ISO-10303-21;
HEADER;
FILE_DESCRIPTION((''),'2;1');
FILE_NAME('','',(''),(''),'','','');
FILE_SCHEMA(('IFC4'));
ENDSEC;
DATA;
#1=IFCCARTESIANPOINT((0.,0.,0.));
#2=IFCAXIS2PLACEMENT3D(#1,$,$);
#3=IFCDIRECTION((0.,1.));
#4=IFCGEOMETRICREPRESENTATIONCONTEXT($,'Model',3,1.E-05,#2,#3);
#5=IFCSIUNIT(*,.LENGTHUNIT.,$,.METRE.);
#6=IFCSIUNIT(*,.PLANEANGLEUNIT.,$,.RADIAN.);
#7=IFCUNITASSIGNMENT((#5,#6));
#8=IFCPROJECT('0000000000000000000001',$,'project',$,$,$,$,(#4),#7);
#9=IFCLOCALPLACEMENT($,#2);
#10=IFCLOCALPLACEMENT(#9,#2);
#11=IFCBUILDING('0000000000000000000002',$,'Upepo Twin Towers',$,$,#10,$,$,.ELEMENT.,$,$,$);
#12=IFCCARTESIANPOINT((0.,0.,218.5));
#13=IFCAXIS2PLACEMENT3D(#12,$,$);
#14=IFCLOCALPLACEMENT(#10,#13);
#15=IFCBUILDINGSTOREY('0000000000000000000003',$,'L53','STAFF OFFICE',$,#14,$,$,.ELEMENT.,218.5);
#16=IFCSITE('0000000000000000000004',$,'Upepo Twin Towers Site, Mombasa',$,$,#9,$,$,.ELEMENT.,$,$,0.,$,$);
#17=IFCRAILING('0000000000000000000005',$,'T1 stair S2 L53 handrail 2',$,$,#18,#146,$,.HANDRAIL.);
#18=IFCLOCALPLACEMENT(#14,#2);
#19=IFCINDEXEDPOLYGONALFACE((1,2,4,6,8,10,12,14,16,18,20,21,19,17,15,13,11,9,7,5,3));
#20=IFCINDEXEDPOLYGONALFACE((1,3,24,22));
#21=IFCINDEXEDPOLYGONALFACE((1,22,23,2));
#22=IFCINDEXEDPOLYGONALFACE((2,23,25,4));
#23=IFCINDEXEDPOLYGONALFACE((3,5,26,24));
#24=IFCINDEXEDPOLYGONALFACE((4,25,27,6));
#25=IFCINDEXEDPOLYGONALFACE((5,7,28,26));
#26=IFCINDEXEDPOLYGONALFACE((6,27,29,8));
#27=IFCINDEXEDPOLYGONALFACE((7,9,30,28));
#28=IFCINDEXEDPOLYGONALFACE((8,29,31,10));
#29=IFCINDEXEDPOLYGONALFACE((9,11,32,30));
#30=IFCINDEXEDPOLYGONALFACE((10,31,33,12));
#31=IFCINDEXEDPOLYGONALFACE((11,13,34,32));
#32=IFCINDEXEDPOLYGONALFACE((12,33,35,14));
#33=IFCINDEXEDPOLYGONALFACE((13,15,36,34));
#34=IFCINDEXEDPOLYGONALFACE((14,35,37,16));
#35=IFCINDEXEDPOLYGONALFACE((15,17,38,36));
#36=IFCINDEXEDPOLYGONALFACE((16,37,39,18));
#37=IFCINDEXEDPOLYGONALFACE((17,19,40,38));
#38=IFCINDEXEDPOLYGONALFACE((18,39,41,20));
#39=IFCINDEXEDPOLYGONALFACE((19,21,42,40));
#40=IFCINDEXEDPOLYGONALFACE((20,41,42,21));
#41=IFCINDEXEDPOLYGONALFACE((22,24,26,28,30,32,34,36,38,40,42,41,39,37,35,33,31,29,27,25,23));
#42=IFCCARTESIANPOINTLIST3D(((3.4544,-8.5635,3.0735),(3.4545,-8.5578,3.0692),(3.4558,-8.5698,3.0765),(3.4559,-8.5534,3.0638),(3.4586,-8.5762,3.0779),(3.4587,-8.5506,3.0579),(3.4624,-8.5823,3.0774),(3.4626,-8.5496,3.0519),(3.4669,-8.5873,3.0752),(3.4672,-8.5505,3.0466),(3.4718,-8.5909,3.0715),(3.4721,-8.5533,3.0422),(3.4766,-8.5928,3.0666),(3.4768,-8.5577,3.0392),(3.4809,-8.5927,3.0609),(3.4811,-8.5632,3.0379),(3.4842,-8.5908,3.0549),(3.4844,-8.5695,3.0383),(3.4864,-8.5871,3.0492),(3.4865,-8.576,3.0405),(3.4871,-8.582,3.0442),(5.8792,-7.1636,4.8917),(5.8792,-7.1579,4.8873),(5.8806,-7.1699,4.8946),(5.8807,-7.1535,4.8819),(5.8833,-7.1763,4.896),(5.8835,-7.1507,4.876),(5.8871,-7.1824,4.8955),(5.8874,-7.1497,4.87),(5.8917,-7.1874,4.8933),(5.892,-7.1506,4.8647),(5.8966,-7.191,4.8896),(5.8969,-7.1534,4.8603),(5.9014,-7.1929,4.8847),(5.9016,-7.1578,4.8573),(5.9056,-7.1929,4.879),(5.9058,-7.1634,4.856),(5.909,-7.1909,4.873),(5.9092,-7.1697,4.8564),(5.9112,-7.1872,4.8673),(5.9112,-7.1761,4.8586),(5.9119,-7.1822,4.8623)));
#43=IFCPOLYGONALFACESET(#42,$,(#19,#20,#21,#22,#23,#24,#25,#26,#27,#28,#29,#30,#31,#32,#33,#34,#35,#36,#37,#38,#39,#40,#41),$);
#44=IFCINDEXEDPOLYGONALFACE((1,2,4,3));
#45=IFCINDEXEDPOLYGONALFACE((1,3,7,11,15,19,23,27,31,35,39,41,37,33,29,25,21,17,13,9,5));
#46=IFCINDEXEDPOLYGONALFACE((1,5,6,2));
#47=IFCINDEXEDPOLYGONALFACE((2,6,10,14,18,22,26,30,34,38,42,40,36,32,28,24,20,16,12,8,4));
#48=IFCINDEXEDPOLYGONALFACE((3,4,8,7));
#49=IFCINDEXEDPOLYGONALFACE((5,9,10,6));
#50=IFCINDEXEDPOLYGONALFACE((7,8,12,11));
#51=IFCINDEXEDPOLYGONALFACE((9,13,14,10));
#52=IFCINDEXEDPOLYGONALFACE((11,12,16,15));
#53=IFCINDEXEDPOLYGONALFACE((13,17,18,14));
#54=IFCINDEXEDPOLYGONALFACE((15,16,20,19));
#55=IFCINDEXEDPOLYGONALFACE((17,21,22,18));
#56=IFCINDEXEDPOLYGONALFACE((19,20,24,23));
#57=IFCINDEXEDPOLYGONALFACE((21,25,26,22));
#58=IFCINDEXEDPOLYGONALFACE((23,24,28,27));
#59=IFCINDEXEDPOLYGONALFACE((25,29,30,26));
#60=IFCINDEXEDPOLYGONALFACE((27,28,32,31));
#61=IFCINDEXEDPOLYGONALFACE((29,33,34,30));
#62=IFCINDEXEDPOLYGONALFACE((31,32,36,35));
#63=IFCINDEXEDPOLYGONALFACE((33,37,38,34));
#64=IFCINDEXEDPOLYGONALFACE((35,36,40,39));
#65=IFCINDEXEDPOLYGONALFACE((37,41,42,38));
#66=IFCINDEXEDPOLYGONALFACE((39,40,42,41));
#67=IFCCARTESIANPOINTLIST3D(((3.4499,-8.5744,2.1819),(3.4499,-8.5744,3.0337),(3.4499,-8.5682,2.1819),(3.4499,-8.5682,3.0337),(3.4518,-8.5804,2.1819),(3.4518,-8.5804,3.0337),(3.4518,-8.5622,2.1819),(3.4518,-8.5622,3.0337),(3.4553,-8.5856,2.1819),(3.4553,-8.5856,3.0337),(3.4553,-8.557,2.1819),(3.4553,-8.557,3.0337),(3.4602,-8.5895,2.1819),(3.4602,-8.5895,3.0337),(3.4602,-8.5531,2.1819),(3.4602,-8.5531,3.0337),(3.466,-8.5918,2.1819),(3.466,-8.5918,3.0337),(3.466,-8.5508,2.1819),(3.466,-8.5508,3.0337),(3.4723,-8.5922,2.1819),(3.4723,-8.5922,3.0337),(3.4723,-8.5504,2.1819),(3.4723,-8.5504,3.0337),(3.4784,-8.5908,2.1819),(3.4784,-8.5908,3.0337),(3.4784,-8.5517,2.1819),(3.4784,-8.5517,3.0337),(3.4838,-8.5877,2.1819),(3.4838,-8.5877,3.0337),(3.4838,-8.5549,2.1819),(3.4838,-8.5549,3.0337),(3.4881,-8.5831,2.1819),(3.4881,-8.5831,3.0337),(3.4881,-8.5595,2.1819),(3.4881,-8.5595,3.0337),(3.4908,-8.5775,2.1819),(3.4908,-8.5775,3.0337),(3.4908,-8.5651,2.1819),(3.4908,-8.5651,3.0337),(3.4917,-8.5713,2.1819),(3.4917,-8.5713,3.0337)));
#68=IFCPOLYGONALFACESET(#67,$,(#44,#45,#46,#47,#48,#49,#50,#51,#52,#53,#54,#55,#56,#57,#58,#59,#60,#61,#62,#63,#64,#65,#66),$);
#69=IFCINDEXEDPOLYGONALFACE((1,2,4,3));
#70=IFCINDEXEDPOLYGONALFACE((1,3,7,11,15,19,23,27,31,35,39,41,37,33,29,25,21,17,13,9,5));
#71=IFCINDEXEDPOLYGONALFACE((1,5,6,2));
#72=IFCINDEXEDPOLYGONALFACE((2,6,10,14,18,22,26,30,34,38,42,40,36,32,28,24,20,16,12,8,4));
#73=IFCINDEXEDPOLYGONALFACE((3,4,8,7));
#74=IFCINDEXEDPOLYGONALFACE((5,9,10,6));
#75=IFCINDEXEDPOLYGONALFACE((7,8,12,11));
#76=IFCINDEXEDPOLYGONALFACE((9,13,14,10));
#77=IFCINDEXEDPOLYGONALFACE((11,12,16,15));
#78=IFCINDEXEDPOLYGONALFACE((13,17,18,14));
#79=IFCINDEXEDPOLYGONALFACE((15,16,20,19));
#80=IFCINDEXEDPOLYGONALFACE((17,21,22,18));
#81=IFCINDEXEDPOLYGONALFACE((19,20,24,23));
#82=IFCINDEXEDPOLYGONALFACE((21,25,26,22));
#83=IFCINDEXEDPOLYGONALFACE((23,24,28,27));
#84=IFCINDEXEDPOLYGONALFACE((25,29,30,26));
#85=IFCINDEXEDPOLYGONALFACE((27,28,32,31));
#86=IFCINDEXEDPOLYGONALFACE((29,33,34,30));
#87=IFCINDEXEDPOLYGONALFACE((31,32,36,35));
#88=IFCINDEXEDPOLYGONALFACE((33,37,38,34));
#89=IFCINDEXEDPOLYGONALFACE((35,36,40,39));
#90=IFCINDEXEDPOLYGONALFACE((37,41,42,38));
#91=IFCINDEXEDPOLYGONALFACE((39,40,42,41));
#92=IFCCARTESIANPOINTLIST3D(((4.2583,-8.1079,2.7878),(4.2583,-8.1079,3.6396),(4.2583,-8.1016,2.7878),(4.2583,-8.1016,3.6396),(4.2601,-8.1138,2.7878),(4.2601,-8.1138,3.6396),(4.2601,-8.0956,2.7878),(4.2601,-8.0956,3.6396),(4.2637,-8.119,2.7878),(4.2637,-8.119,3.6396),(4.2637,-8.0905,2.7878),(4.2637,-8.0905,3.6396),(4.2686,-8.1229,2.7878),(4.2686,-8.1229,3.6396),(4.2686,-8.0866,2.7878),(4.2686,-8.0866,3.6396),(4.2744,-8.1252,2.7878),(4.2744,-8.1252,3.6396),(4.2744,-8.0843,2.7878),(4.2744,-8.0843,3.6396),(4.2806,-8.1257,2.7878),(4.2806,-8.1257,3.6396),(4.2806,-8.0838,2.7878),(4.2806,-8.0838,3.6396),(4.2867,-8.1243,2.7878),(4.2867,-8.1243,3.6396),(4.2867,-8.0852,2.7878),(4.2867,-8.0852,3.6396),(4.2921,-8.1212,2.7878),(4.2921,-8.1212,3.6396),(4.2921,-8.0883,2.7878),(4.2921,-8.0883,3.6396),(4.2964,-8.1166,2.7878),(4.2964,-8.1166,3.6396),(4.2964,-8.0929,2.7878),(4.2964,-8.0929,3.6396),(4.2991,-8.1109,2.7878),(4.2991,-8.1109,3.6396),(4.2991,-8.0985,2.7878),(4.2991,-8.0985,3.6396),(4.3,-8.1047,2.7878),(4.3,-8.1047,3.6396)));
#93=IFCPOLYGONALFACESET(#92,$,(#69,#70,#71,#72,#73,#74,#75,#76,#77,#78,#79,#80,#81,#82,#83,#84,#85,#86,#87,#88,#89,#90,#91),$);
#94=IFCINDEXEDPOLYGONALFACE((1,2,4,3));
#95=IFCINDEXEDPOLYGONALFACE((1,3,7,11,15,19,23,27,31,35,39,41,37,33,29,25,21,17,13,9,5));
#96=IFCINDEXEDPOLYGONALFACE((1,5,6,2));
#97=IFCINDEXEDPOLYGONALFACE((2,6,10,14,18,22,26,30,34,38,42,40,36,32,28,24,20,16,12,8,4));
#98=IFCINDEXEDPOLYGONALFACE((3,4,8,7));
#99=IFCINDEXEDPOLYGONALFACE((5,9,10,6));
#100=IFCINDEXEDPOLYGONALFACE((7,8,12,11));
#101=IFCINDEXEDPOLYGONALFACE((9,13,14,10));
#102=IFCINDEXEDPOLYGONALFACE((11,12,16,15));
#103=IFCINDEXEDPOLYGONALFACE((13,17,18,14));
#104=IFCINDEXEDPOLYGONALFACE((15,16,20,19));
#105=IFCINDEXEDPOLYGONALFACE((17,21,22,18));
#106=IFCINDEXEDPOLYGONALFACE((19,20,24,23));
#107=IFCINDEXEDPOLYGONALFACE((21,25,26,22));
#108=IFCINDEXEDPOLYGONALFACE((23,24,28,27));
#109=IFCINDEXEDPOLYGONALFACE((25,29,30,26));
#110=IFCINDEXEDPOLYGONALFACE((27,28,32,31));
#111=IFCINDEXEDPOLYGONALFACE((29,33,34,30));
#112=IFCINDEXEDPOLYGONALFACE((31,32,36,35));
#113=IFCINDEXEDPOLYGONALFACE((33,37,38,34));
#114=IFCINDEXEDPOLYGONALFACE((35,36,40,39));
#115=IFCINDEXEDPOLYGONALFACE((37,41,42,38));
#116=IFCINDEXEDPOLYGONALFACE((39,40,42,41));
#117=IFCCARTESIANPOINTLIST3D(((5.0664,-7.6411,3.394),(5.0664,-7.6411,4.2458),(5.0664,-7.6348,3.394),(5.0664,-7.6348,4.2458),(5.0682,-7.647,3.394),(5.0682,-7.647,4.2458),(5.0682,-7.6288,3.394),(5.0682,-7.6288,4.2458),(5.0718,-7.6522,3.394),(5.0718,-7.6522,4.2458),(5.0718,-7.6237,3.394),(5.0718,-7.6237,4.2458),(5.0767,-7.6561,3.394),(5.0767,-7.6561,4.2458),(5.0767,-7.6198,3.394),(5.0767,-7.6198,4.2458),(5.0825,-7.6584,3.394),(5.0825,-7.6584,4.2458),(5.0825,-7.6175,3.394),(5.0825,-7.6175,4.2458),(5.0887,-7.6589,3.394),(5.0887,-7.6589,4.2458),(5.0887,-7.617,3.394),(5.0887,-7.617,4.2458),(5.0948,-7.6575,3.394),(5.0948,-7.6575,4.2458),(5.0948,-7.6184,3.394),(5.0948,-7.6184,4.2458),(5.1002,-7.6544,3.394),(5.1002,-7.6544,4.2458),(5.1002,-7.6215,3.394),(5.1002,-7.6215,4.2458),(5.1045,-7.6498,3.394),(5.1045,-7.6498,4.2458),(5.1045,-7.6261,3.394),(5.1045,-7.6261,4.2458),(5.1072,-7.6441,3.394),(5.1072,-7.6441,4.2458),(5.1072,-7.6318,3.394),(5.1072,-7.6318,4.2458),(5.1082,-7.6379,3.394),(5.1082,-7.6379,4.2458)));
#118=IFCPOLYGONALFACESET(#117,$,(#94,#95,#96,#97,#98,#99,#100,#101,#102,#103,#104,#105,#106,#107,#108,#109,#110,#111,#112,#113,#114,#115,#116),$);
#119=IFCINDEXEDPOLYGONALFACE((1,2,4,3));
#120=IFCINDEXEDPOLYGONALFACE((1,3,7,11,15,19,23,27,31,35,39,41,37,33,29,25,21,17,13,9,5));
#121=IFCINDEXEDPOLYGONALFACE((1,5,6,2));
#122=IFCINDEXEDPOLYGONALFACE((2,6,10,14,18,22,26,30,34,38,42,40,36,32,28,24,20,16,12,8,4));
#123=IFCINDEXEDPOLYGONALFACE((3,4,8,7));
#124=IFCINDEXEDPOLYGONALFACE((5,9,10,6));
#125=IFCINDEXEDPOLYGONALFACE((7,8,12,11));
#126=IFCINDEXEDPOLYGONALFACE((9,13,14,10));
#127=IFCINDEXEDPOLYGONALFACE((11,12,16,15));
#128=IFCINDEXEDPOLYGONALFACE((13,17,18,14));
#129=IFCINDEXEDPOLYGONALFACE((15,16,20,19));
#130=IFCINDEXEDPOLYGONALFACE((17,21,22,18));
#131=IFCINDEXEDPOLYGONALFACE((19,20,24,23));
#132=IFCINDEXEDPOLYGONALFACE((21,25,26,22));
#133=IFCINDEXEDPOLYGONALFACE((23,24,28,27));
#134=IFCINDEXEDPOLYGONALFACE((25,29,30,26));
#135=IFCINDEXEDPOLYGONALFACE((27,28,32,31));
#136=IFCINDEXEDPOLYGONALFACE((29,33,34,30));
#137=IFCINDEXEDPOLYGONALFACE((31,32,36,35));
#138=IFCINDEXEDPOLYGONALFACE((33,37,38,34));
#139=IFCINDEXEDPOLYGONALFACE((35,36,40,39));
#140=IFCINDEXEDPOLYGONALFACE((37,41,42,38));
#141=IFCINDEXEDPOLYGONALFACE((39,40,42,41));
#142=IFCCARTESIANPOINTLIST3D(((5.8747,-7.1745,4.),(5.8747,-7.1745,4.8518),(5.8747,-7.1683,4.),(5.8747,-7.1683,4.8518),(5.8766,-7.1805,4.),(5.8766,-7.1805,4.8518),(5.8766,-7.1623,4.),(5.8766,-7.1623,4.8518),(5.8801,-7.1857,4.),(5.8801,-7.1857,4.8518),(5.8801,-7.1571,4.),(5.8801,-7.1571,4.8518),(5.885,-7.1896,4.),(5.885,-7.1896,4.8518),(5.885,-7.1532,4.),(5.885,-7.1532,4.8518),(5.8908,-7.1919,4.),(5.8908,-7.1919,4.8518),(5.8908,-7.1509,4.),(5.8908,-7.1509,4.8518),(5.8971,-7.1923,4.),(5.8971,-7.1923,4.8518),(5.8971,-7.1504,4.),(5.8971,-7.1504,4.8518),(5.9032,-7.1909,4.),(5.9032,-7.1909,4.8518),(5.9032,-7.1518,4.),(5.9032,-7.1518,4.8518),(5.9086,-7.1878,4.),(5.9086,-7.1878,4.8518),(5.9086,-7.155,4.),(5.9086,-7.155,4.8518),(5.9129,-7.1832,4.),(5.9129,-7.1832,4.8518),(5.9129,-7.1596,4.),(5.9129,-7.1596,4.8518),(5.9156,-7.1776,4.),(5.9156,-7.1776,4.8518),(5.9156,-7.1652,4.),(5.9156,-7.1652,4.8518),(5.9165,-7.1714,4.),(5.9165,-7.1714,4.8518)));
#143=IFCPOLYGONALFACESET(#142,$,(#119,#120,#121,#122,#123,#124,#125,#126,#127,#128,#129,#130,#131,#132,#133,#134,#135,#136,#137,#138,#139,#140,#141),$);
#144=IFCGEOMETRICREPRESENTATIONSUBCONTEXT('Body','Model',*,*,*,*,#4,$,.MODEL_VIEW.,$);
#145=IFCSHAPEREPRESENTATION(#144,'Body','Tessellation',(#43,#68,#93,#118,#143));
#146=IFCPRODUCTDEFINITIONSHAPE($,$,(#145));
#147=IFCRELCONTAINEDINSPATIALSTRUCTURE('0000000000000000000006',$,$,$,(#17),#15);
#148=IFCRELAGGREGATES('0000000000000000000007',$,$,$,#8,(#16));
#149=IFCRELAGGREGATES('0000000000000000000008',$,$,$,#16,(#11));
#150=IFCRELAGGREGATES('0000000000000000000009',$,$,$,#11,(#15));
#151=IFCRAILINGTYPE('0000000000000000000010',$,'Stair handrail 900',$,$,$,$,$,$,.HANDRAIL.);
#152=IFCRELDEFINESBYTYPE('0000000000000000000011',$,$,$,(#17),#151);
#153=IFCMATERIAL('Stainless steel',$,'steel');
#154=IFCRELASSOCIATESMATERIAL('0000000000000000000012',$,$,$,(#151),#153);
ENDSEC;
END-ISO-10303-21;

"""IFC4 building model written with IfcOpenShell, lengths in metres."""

from ifc_helpers import new_model, si_unit, direction, frame, origin, origin_2d, place, context, subcontext, project, spatial, circle, extrude, material, type_object, element, save


model = new_model("IFC4")

# Units and contexts
model_context = context("Model", 3, precision=1e-05, world=origin(), true_north=direction((0.0, 1.0)))
body_context = subcontext(model_context, "Body", "Model", "MODEL_VIEW")
ifc_project = project(units=[si_unit("LENGTHUNIT", "METRE"), si_unit("PLANEANGLEUNIT", "RADIAN")], contexts=[model_context])

# Site, building, storey
site_placement = place(None, origin())
site = spatial("IfcSite", under=ifc_project, at=site_placement, Name="Upepo Twin Towers Site, Mombasa", CompositionType="ELEMENT", RefElevation=0.0)
building_placement = place(site_placement, origin())
building = spatial("IfcBuilding", under=site, at=building_placement, Name="Upepo Twin Towers", CompositionType="ELEMENT")
storey_placement = place(building_placement, frame((0.0, 0.0, 218.5)))
storey = spatial("IfcBuildingStorey", under=building, at=storey_placement, Name="L53", Description="STAFF OFFICE", CompositionType="ELEMENT", Elevation=218.5)

# Railing
ifc_material_1 = material(Name="Stainless steel", Category="steel")
railing_type = type_object("IfcRailingType", Name="Stair handrail 900", PredefinedType="HANDRAIL", material=ifc_material_1)
railing_1_placement = place(storey_placement, frame((3.4707, -8.5713, 2.1819)))
element("IfcRailing", 1, at=railing_1_placement, inside=storey, type_object=railing_type, Name="T1 stair S2 L53 handrail 2", PredefinedType="HANDRAIL", context=body_context, shape_type="SweptSolid", body=[
    extrude(circle(Radius=0.0239, at=origin_2d()), frame((0.0, 0.0, 0.876), z_axis=(0.726336, 0.419333, 0.544606), x_axis=(-0.499984, 0.866035, 0.0)), (0.0, 0.0, 1.0), 3.3384),
    extrude(circle(Radius=0.021, at=origin_2d()), origin(), (0.0, 0.0, 1.0), 0.8518),
    extrude(circle(Radius=0.021, at=origin_2d()), frame((0.8083, 0.4666, 0.606)), (0.0, 0.0, 1.0), 0.8518),
    extrude(circle(Radius=0.021, at=origin_2d()), frame((1.6165, 0.9333, 1.2122)), (0.0, 0.0, 1.0), 0.8518),
    extrude(circle(Radius=0.021, at=origin_2d()), frame((2.4248, 1.3999, 1.8181)), (0.0, 0.0, 1.0), 0.8518),
])

save(model, "model.ifc")
